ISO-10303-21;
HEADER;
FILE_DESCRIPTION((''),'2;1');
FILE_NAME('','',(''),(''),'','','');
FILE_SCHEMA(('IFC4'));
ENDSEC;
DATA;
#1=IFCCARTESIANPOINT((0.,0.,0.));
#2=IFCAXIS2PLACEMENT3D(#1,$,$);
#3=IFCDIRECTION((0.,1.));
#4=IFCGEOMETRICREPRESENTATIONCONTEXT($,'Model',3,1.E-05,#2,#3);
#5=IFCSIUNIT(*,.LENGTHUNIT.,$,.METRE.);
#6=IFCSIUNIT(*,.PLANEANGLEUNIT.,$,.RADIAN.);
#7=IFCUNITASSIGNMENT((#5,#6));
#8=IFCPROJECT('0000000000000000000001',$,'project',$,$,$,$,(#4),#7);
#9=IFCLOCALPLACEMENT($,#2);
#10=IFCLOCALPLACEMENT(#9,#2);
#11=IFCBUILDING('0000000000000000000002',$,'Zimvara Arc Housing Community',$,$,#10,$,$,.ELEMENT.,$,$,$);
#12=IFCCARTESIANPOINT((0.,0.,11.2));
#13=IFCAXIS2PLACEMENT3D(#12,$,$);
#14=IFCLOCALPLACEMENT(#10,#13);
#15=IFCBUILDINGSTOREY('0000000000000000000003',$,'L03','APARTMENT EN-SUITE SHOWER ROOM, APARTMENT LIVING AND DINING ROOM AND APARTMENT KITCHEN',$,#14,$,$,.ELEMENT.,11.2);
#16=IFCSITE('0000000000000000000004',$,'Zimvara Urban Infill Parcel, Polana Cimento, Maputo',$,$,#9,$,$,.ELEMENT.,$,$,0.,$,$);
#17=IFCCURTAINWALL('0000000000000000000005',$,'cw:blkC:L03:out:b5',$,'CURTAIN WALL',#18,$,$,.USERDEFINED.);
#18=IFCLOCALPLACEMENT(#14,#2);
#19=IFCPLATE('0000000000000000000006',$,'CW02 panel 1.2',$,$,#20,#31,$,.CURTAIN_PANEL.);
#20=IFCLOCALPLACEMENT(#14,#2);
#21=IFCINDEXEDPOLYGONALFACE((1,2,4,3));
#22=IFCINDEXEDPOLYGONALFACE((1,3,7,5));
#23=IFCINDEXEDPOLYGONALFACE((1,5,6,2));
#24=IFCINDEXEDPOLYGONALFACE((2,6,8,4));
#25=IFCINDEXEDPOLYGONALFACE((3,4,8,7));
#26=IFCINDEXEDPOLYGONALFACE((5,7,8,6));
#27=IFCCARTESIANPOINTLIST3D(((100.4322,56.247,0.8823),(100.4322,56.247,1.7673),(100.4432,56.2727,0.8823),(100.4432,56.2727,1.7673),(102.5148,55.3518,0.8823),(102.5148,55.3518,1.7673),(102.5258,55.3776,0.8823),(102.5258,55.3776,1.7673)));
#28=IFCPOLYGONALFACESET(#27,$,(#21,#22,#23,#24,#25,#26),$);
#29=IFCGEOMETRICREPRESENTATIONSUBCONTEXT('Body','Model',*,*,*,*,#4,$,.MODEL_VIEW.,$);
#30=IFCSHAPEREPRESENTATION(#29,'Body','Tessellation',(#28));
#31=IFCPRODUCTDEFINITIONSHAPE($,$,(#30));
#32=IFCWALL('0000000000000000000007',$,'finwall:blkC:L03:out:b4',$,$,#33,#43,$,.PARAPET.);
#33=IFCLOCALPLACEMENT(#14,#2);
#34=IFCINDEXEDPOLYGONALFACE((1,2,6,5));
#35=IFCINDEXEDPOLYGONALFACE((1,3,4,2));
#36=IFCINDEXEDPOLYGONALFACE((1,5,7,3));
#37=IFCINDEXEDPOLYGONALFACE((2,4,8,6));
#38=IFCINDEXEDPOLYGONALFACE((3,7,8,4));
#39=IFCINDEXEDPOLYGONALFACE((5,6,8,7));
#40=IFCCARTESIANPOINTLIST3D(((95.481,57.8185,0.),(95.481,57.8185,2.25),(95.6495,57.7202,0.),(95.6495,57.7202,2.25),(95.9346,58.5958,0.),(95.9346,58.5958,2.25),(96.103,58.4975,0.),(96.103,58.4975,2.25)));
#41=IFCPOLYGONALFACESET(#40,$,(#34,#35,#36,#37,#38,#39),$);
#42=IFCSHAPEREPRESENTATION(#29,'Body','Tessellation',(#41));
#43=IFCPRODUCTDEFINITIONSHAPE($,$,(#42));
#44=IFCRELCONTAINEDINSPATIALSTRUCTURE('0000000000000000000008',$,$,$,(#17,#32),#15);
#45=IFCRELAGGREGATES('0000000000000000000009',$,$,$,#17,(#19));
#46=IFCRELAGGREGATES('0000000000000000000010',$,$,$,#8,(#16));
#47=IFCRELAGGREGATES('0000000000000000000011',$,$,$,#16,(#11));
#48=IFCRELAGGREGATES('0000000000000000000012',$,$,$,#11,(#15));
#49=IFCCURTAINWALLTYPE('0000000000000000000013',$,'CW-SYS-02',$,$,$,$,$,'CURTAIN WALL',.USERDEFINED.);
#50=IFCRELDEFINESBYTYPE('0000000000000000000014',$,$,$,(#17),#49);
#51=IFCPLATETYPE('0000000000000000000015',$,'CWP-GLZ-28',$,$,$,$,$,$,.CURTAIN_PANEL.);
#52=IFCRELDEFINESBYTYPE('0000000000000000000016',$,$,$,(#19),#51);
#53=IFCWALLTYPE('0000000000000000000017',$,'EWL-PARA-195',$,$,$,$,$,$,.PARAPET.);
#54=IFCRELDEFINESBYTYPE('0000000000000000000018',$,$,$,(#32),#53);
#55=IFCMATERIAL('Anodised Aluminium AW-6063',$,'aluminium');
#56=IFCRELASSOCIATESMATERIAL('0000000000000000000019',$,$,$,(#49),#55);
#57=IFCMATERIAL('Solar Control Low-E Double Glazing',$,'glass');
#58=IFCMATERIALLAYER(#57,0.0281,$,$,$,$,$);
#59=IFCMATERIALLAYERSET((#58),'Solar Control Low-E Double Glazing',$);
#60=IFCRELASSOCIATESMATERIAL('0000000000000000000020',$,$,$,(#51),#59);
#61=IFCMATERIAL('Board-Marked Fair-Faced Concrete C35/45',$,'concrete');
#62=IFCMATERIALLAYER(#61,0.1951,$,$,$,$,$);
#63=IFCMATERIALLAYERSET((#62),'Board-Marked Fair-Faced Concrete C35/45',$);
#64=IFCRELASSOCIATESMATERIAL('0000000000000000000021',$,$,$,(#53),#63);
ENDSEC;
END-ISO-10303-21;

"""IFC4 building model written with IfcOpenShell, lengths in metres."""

from ifc_helpers import new_model, si_unit, direction, frame, frame_2d, origin, origin_2d, place, context, subcontext, project, spatial, rectangle, extrude, material, layer, layer_set, type_object, element, aggregate, save


model = new_model("IFC4")

# Units and contexts
model_context = context("Model", 3, precision=1e-05, world=origin(), true_north=direction((0.0, 1.0)))
body_context = subcontext(model_context, "Body", "Model", "MODEL_VIEW")
ifc_project = project(units=[si_unit("LENGTHUNIT", "METRE"), si_unit("PLANEANGLEUNIT", "RADIAN")], contexts=[model_context])

# Site, building, storey
site_placement = place(None, origin())
site = spatial("IfcSite", under=ifc_project, at=site_placement, Name="Zimvara Urban Infill Parcel, Polana Cimento, Maputo", CompositionType="ELEMENT", RefElevation=0.0)
building_placement = place(site_placement, origin())
building = spatial("IfcBuilding", under=site, at=building_placement, Name="Zimvara Arc Housing Community", CompositionType="ELEMENT")
storey_placement = place(building_placement, frame((0.0, 0.0, 11.2)))
storey = spatial("IfcBuildingStorey", under=building, at=storey_placement, Name="L03", Description="APARTMENT EN-SUITE SHOWER ROOM, APARTMENT LIVING AND DINING ROOM AND APARTMENT KITCHEN", CompositionType="ELEMENT", Elevation=11.2)

# Curtain wall
ifc_material_1 = material(Name="Anodised Aluminium AW-6063", Category="aluminium")
curtain_wall_type_1 = type_object("IfcCurtainWallType", Name="CW-SYS-02", ElementType="CURTAIN WALL", PredefinedType="USERDEFINED", material=ifc_material_1)
curtain_wall_1_placement = place(storey_placement, origin())
curtain_wall_1 = element("IfcCurtainWall", 1, at=curtain_wall_1_placement, inside=storey, type_object=curtain_wall_type_1, Name="cw:blkC:L03:out:b5", ObjectType="CURTAIN WALL", PredefinedType="USERDEFINED")

# Plate
ifc_material_2 = material(Name="Solar Control Low-E Double Glazing", Category="glass")
ifc_layer_1 = layer(ifc_material_2, 0.0281)
ifc_layer_set_1 = layer_set([ifc_layer_1], Name="Solar Control Low-E Double Glazing")
plate_type_1 = type_object("IfcPlateType", Name="CWP-GLZ-28", PredefinedType="CURTAIN_PANEL", material=ifc_layer_set_1)
plate_1_placement = place(storey_placement, frame((101.479, 55.8123, 0.8823), z_axis=(0.0, 0.0, 1.0), x_axis=(0.918722, -0.394904, 0.0)))
plate_1 = element("IfcPlate", 2, at=plate_1_placement, type_object=plate_type_1, Name="CW02 panel 1.2", PredefinedType="CURTAIN_PANEL", context=body_context, shape_type="SweptSolid", body=[
    extrude(rectangle(XDim=2.2668, YDim=0.0281, at=origin_2d()), origin(), (0.0, 0.0, 1.0), 0.885),
])
aggregate(curtain_wall_1, [plate_1])

# Wall
ifc_material_3 = material(Name="Board-Marked Fair-Faced Concrete C35/45", Category="concrete")
ifc_layer_2 = layer(ifc_material_3, 0.1951)
ifc_layer_set_2 = layer_set([ifc_layer_2], Name="Board-Marked Fair-Faced Concrete C35/45")
wall_type = type_object("IfcWallType", Name="EWL-PARA-195", PredefinedType="PARAPET", material=ifc_layer_set_2)
wall_placement = place(storey_placement, frame((96.0188, 58.5466, 0.0), z_axis=(0.0, 0.0, 1.0), x_axis=(-0.504006, -0.8637, 0.0)))
element("IfcWall", 3, at=wall_placement, inside=storey, type_object=wall_type, Name="finwall:blkC:L03:out:b4", PredefinedType="PARAPET", context=body_context, shape_type="SweptSolid", body=[
    extrude(rectangle(XDim=0.8999, YDim=0.1951, at=frame_2d((0.45, 0.0))), origin(), (0.0, 0.0, 1.0), 2.25),
])

save(model, "model.ifc")
